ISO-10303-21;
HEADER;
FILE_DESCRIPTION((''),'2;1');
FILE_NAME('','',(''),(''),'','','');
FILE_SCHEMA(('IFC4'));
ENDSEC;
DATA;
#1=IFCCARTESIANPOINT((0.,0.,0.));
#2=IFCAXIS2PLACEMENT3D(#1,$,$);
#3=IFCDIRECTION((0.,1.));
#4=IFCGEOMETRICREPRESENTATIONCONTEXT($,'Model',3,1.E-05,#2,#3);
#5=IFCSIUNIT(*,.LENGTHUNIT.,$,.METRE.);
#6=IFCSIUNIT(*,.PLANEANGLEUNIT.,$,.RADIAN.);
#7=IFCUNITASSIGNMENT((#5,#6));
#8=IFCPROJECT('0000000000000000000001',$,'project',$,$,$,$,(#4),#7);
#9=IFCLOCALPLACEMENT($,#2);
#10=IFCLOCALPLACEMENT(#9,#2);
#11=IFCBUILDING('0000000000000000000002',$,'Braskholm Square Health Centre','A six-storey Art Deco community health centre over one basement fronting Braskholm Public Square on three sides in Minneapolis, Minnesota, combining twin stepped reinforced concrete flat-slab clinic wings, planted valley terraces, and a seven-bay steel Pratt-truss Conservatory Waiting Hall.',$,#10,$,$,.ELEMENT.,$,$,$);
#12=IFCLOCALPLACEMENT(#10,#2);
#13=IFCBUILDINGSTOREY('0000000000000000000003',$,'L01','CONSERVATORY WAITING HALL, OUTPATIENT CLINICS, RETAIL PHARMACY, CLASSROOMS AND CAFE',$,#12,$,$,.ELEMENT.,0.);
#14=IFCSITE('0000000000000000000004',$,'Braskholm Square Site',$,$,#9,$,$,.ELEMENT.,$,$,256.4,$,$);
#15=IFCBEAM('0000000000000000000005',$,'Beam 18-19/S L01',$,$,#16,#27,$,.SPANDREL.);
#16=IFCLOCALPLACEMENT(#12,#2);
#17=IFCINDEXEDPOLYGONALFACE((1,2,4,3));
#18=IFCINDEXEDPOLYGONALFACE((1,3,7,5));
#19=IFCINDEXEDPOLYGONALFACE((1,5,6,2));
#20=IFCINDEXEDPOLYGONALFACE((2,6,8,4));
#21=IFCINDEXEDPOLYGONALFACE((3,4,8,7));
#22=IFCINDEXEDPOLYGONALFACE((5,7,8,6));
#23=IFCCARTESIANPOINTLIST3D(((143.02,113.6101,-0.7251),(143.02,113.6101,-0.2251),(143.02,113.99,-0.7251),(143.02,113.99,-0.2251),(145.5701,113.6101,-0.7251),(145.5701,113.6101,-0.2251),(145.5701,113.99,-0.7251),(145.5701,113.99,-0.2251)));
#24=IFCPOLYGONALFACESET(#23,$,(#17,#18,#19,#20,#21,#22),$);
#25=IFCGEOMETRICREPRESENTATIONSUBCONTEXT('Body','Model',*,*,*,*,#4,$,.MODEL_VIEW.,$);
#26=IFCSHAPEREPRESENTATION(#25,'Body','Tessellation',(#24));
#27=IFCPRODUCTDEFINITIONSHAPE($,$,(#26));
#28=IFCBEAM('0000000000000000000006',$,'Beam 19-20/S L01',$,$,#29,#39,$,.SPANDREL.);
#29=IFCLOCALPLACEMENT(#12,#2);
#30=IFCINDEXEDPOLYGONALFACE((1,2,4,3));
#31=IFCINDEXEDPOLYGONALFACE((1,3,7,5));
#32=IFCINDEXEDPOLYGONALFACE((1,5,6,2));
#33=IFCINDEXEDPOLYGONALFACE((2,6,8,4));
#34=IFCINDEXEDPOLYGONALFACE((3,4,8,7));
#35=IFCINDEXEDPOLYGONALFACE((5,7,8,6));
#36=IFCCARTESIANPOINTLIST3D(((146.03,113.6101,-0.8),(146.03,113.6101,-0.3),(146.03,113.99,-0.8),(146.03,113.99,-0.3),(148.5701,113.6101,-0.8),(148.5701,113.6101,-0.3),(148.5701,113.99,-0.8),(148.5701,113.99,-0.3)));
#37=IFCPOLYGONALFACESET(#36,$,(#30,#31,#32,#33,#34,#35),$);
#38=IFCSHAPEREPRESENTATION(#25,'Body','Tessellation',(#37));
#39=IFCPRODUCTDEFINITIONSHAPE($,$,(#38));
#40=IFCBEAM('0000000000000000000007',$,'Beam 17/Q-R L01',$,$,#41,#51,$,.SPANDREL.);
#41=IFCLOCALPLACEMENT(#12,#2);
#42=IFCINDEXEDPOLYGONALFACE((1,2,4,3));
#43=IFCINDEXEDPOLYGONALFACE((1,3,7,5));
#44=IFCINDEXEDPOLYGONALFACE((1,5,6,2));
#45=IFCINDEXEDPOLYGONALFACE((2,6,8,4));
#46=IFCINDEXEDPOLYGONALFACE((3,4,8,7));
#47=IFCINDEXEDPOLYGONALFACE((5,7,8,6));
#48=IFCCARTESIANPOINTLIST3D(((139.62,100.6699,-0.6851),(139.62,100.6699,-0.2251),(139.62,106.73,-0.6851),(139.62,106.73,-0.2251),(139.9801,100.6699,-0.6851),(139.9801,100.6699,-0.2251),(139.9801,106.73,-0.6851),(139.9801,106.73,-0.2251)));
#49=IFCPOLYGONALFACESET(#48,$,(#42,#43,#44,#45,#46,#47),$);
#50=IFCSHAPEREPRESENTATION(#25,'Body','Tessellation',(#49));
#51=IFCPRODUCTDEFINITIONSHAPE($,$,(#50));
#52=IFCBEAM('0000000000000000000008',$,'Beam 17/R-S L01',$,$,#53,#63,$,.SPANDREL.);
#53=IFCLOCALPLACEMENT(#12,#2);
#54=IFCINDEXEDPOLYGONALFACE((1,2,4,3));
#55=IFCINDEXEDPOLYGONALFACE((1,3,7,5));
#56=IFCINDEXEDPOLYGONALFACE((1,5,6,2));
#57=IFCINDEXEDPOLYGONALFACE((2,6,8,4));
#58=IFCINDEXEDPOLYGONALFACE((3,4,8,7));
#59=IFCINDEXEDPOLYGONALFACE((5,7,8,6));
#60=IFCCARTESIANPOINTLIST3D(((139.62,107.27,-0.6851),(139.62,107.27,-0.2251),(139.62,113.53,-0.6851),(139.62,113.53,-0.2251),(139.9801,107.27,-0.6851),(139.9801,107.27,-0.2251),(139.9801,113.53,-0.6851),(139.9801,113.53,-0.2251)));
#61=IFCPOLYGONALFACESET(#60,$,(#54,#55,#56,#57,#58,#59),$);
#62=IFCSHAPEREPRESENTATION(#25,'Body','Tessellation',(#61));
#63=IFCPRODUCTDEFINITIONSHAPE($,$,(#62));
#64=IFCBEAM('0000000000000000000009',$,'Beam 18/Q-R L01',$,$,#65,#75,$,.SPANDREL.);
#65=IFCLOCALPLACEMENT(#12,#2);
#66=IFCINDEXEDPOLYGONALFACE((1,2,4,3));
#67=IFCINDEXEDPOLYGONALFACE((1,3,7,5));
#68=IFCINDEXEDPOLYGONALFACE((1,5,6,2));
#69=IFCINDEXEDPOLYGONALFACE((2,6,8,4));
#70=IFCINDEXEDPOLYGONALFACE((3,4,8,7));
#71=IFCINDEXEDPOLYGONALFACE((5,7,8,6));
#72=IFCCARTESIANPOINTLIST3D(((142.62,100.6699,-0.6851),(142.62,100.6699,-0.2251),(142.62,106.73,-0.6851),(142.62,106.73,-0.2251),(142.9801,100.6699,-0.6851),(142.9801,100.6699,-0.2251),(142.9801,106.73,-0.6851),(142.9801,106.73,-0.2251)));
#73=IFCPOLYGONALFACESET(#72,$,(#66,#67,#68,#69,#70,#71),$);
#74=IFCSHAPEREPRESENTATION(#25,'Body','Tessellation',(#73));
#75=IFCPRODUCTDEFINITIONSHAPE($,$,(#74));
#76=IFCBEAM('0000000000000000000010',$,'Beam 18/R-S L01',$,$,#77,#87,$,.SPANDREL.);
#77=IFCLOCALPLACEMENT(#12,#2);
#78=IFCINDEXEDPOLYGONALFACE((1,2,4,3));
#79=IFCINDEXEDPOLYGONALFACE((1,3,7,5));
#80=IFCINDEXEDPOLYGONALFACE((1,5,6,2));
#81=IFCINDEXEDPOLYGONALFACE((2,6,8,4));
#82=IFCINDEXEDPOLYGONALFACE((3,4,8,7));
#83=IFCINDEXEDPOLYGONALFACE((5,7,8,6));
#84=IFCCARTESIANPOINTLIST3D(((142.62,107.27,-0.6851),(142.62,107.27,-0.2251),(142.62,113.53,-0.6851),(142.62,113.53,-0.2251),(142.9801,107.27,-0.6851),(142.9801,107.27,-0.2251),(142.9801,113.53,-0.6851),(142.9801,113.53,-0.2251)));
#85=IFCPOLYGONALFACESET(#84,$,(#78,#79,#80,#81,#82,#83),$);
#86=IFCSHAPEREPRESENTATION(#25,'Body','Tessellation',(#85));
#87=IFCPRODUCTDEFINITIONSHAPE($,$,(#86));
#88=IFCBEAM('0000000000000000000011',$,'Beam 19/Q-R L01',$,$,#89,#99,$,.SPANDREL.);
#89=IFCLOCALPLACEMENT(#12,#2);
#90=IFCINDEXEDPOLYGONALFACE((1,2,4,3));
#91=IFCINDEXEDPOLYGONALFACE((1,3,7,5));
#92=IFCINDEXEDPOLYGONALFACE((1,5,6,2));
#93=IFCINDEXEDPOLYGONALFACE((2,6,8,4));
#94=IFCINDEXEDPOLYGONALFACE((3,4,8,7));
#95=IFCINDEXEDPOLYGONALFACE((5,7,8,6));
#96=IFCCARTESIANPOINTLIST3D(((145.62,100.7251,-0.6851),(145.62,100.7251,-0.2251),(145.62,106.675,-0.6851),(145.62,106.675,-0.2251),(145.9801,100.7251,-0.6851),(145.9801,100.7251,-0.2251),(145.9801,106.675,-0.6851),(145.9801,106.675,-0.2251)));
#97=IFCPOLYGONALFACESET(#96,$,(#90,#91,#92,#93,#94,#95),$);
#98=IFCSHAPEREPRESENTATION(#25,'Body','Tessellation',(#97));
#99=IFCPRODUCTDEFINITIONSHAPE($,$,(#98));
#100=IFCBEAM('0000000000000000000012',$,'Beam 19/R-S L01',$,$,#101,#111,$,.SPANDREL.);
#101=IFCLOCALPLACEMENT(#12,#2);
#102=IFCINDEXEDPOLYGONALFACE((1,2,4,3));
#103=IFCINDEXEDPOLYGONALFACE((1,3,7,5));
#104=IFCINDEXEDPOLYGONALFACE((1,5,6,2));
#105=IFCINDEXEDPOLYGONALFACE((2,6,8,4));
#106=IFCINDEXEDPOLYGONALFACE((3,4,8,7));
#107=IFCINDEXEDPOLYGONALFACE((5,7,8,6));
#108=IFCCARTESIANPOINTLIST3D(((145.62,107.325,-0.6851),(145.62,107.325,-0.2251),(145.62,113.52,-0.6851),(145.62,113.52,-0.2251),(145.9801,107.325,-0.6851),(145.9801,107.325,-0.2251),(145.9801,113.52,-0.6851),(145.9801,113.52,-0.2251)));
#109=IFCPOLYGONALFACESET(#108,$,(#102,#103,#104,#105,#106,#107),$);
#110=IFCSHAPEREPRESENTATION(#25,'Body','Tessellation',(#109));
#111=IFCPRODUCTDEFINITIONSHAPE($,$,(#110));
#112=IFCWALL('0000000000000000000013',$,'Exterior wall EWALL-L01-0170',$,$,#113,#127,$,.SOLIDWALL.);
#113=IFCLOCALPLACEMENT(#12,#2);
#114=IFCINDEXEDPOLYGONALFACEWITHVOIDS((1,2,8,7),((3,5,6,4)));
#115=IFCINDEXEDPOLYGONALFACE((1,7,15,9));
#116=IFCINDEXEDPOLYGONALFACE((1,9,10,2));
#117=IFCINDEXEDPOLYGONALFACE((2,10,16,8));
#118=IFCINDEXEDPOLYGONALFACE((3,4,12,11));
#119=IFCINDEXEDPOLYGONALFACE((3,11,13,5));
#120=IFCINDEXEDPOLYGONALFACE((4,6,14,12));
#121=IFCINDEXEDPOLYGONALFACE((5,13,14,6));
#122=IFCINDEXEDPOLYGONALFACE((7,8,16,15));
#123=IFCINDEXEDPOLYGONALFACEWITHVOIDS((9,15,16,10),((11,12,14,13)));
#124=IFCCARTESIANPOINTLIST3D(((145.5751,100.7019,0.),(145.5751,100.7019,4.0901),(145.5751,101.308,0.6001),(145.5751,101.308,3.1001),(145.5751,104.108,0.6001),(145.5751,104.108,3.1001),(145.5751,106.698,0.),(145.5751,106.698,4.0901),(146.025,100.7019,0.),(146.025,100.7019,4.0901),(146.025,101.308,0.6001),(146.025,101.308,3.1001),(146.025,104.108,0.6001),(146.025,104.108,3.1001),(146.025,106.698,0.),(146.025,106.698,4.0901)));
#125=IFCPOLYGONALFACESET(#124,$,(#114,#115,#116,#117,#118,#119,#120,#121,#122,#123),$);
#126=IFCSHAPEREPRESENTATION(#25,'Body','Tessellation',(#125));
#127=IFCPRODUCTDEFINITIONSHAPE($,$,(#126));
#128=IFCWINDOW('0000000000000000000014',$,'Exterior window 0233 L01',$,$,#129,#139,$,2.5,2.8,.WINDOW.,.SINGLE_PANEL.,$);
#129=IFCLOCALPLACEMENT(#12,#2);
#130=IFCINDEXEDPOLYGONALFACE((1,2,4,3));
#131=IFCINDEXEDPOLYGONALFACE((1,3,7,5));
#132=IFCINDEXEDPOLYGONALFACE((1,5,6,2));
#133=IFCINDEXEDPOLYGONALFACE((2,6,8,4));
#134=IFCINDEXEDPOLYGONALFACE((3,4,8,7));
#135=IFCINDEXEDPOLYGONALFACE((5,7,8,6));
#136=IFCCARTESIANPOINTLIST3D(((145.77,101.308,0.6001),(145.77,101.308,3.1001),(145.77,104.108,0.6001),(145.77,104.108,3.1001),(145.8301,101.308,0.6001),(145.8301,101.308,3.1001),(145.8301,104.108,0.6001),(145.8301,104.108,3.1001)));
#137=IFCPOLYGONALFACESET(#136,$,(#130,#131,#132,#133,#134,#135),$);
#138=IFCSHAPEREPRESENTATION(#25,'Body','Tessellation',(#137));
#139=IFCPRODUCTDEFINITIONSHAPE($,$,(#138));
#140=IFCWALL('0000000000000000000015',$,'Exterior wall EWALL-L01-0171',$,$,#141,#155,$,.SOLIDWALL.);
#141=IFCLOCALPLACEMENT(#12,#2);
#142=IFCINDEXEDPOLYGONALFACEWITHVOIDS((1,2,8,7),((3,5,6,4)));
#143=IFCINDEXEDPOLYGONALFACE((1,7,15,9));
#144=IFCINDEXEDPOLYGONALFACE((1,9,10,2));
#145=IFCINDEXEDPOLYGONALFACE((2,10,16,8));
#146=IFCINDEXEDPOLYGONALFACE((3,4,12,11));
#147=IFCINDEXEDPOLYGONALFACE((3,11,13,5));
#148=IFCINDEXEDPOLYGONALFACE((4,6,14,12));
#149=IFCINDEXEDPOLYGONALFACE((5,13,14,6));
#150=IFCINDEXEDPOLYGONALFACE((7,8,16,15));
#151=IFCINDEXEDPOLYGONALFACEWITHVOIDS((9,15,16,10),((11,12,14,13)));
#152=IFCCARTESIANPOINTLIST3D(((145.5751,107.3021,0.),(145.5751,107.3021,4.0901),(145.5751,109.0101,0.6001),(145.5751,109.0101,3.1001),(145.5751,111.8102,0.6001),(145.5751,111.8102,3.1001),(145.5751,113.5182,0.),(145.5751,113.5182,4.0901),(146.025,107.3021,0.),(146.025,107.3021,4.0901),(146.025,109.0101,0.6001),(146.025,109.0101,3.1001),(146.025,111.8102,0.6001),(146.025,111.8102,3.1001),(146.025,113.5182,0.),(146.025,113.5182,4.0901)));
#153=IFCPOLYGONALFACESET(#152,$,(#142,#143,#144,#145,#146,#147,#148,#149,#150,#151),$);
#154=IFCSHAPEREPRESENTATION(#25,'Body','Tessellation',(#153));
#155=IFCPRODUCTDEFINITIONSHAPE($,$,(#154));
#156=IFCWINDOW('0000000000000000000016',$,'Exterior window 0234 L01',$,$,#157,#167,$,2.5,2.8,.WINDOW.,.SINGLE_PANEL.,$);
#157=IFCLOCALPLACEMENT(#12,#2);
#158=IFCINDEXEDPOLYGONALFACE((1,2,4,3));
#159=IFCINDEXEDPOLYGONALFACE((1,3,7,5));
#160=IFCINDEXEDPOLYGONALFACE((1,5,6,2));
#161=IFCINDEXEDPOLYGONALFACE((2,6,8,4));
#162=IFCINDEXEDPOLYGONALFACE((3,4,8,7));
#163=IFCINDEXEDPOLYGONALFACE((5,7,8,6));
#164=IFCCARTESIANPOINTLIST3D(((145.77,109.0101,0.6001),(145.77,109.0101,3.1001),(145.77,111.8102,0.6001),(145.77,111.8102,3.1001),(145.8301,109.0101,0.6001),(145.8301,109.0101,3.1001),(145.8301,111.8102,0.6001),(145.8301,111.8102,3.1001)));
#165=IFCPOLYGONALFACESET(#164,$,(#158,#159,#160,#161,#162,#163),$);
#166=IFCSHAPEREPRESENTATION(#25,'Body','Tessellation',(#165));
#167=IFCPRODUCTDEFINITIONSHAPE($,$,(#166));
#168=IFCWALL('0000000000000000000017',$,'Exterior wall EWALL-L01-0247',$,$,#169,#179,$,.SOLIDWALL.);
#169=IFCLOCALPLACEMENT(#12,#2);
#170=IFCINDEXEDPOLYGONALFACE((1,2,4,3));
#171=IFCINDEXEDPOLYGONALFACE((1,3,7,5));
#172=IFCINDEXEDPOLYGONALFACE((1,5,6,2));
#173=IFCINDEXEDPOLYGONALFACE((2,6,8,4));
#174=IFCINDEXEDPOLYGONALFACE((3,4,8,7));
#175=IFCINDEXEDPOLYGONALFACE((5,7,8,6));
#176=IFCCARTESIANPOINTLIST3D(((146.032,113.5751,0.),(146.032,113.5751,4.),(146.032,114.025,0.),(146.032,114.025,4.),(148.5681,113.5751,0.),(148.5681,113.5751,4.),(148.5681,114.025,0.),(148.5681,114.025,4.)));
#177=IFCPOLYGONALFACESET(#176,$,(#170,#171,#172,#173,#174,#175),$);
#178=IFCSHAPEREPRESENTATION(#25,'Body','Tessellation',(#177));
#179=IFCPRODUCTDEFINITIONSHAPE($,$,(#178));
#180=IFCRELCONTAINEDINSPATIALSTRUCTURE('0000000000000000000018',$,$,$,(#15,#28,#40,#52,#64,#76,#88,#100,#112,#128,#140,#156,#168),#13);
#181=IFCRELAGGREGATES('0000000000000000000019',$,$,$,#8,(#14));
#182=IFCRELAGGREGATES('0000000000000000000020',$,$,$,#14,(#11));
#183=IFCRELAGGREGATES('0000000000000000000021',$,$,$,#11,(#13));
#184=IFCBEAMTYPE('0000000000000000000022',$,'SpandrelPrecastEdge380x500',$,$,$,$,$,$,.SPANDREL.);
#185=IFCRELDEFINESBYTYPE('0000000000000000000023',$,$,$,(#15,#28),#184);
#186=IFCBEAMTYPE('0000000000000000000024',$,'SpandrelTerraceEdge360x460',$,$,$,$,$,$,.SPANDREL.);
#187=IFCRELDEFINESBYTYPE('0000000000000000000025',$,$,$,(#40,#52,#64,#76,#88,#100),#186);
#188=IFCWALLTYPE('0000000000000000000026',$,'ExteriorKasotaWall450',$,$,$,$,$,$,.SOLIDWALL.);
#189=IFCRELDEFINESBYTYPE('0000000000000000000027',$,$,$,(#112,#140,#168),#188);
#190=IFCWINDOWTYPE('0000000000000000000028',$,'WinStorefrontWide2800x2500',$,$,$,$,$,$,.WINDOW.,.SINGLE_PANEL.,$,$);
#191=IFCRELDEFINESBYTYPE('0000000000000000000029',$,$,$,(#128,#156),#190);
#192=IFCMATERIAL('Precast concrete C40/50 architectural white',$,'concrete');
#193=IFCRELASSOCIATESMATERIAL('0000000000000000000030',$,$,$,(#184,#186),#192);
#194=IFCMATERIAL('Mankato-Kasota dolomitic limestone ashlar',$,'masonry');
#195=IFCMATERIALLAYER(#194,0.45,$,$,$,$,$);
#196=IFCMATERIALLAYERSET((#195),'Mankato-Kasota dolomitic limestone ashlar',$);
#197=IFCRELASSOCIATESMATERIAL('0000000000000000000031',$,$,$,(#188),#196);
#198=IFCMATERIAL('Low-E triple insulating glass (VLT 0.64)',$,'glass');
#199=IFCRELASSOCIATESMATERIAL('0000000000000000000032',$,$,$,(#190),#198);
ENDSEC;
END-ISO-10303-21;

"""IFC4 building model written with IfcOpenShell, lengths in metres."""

from ifc_helpers import new_model, si_unit, direction, frame, frame_2d, origin, origin_with_axes, origin_2d, place, context, subcontext, project, spatial, rectangle, extrude, material, layer, layer_set, material_profile, profile_set, type_object, element, fill, save


model = new_model("IFC4")

# Units and contexts
model_context = context("Model", 3, precision=1e-05, world=origin(), true_north=direction((0.0, 1.0)))
body_context = subcontext(model_context, "Body", "Model", "MODEL_VIEW")
ifc_project = project(units=[si_unit("LENGTHUNIT", "METRE"), si_unit("PLANEANGLEUNIT", "RADIAN")], contexts=[model_context])

# Site, building, storey
site_placement = place(None, origin())
site = spatial("IfcSite", under=ifc_project, at=site_placement, Name="Braskholm Square Site", CompositionType="ELEMENT", RefElevation=256.4)
building_placement = place(site_placement, origin())
building = spatial("IfcBuilding", under=site, at=building_placement, Name="Braskholm Square Health Centre", Description="A six-storey Art Deco community health centre over one basement fronting Braskholm Public Square on three sides in Minneapolis, Minnesota, combining twin stepped reinforced concrete flat-slab clinic wings, planted valley terraces, and a seven-bay steel Pratt-truss Conservatory Waiting Hall.", CompositionType="ELEMENT")
storey_placement = place(building_placement, origin())
storey = spatial("IfcBuildingStorey", under=building, at=storey_placement, Name="L01", Description="CONSERVATORY WAITING HALL, OUTPATIENT CLINICS, RETAIL PHARMACY, CLASSROOMS AND CAFE", CompositionType="ELEMENT", Elevation=0.0)

# Shared definitions
ifc_material_1 = material(Name="Precast concrete C40/50 architectural white", Category="concrete")

# Beams
ifc_material_profile_1 = material_profile(ifc_material_1, rectangle(XDim=0.3799, YDim=0.5, at=origin_2d()), Name="RCB-380X500")
ifc_profile_set_1 = profile_set([ifc_material_profile_1], Name="Precast concrete C40/50 architectural white")
beam_type_1 = type_object("IfcBeamType", Name="SpandrelPrecastEdge380x500", PredefinedType="SPANDREL", material=ifc_profile_set_1)
beam_1_placement = place(storey_placement, frame((143.02, 113.8, -0.4751), z_axis=(1.0, 0.0, 0.0), x_axis=(0.0, 1.0, 0.0)))
element("IfcBeam", 1, at=beam_1_placement, inside=storey, type_object=beam_type_1, Name="Beam 18-19/S L01", PredefinedType="SPANDREL", context=body_context, shape_type="SweptSolid", body=[
    extrude(rectangle(XDim=0.3799, YDim=0.5, at=origin_2d()), origin(), (0.0, 0.0, 1.0), 2.55),
])
beam_2_placement = place(storey_placement, frame((146.03, 113.8, -0.55), z_axis=(1.0, 0.0, 0.0), x_axis=(0.0, 1.0, 0.0)))
element("IfcBeam", 2, at=beam_2_placement, inside=storey, type_object=beam_type_1, Name="Beam 19-20/S L01", PredefinedType="SPANDREL", context=body_context, shape_type="SweptSolid", body=[
    extrude(rectangle(XDim=0.3799, YDim=0.5, at=origin_2d()), origin(), (0.0, 0.0, 1.0), 2.54),
])
ifc_material_profile_2 = material_profile(ifc_material_1, rectangle(XDim=0.3601, YDim=0.46, at=origin_2d()), Name="RCB-360X460")
ifc_profile_set_2 = profile_set([ifc_material_profile_2], Name="Precast concrete C40/50 architectural white")
beam_type_2 = type_object("IfcBeamType", Name="SpandrelTerraceEdge360x460", PredefinedType="SPANDREL", material=ifc_profile_set_2)
beam_3_placement = place(storey_placement, frame((139.8, 100.6699, -0.4551), z_axis=(0.0, 1.0, 0.0), x_axis=(-1.0, 0.0, 0.0)))
element("IfcBeam", 3, at=beam_3_placement, inside=storey, type_object=beam_type_2, Name="Beam 17/Q-R L01", PredefinedType="SPANDREL", context=body_context, shape_type="SweptSolid", body=[
    extrude(rectangle(XDim=0.3601, YDim=0.46, at=origin_2d()), origin(), (0.0, 0.0, 1.0), 6.0601),
])
beam_4_placement = place(storey_placement, frame((139.8, 107.27, -0.4551), z_axis=(0.0, 1.0, 0.0), x_axis=(-1.0, 0.0, 0.0)))
element("IfcBeam", 4, at=beam_4_placement, inside=storey, type_object=beam_type_2, Name="Beam 17/R-S L01", PredefinedType="SPANDREL", context=body_context, shape_type="SweptSolid", body=[
    extrude(rectangle(XDim=0.3601, YDim=0.46, at=origin_2d()), origin(), (0.0, 0.0, 1.0), 6.26),
])
beam_5_placement = place(storey_placement, frame((142.8, 100.6699, -0.4551), z_axis=(0.0, 1.0, 0.0), x_axis=(-1.0, 0.0, 0.0)))
element("IfcBeam", 5, at=beam_5_placement, inside=storey, type_object=beam_type_2, Name="Beam 18/Q-R L01", PredefinedType="SPANDREL", context=body_context, shape_type="SweptSolid", body=[
    extrude(rectangle(XDim=0.3601, YDim=0.46, at=origin_2d()), origin(), (0.0, 0.0, 1.0), 6.0601),
])
beam_6_placement = place(storey_placement, frame((142.8, 107.27, -0.4551), z_axis=(0.0, 1.0, 0.0), x_axis=(-1.0, 0.0, 0.0)))
element("IfcBeam", 6, at=beam_6_placement, inside=storey, type_object=beam_type_2, Name="Beam 18/R-S L01", PredefinedType="SPANDREL", context=body_context, shape_type="SweptSolid", body=[
    extrude(rectangle(XDim=0.3601, YDim=0.46, at=origin_2d()), origin(), (0.0, 0.0, 1.0), 6.26),
])
beam_7_placement = place(storey_placement, frame((145.8, 100.7251, -0.4551), z_axis=(0.0, 1.0, 0.0), x_axis=(-1.0, 0.0, 0.0)))
element("IfcBeam", 7, at=beam_7_placement, inside=storey, type_object=beam_type_2, Name="Beam 19/Q-R L01", PredefinedType="SPANDREL", context=body_context, shape_type="SweptSolid", body=[
    extrude(rectangle(XDim=0.3601, YDim=0.46, at=origin_2d()), origin(), (0.0, 0.0, 1.0), 5.95),
])
beam_8_placement = place(storey_placement, frame((145.8, 107.325, -0.4551), z_axis=(0.0, 1.0, 0.0), x_axis=(-1.0, 0.0, 0.0)))
element("IfcBeam", 8, at=beam_8_placement, inside=storey, type_object=beam_type_2, Name="Beam 19/R-S L01", PredefinedType="SPANDREL", context=body_context, shape_type="SweptSolid", body=[
    extrude(rectangle(XDim=0.3601, YDim=0.46, at=origin_2d()), origin(), (0.0, 0.0, 1.0), 6.1951),
])

# Walls, openings, windows
ifc_material_2 = material(Name="Mankato-Kasota dolomitic limestone ashlar", Category="masonry")
ifc_layer_1 = layer(ifc_material_2, 0.45)
ifc_layer_set_1 = layer_set([ifc_layer_1], Name="Mankato-Kasota dolomitic limestone ashlar")
wall_type_1 = type_object("IfcWallType", Name="ExteriorKasotaWall450", PredefinedType="SOLIDWALL", material=ifc_layer_set_1)
wall_1_placement = place(storey_placement, frame((145.8, 106.698, 0.0), z_axis=(0.0, 0.0, 1.0), x_axis=(0.0, -1.0, 0.0)))
wall_1 = element("IfcWall", 9, at=wall_1_placement, inside=storey, type_object=wall_type_1, Name="Exterior wall EWALL-L01-0170", PredefinedType="SOLIDWALL", context=body_context, shape_type="SweptSolid", body=[
    extrude(rectangle(XDim=5.9961, YDim=0.45, at=frame_2d((2.998, 0.0))), origin(), (0.0, 0.0, 1.0), 4.0901),
])
opening_1_placement = place(wall_1_placement, frame((2.5901, 0.0, 0.6001)))
opening_1 = element("IfcOpeningElement", 10, at=opening_1_placement, cuts=wall_1, PredefinedType="OPENING", context=body_context, shape_type="SweptSolid", body=[
    extrude(rectangle(XDim=2.8, YDim=2.5, at=frame_2d((1.3999, 1.25))), frame((0.0, 0.2349, 0.0), z_axis=(0.0, -1.0, 0.0), x_axis=(1.0, 0.0, 0.0)), (0.0, 0.0, 1.0), 0.47),
])
ifc_material_3 = material(Name="Low-E triple insulating glass (VLT 0.64)", Category="glass")
window_type = type_object("IfcWindowType", Name="WinStorefrontWide2800x2500", PartitioningType="SINGLE_PANEL", PredefinedType="WINDOW", material=ifc_material_3)
window_1_placement = place(opening_1_placement, origin_with_axes())
window_1 = element("IfcWindow", 11, at=window_1_placement, inside=storey, type_object=window_type, Name="Exterior window 0233 L01", OverallHeight=2.5, OverallWidth=2.8, PartitioningType="SINGLE_PANEL", PredefinedType="WINDOW", context=body_context, shape_type="SweptSolid", body=[
    extrude(rectangle(XDim=2.8, YDim=2.5, at=frame_2d((1.3999, 1.25))), frame((0.0, 0.03, 0.0), z_axis=(0.0, -1.0, 0.0), x_axis=(1.0, 0.0, 0.0)), (0.0, 0.0, 1.0), 0.0601),
])
fill(opening_1, window_1)
wall_2_placement = place(storey_placement, frame((145.8, 113.5181, 0.0), z_axis=(0.0, 0.0, 1.0), x_axis=(0.0, -1.0, 0.0)))
wall_2 = element("IfcWall", 12, at=wall_2_placement, inside=storey, type_object=wall_type_1, Name="Exterior wall EWALL-L01-0171", PredefinedType="SOLIDWALL", context=body_context, shape_type="SweptSolid", body=[
    extrude(rectangle(XDim=6.2161, YDim=0.45, at=frame_2d((3.1079, 0.0))), origin(), (0.0, 0.0, 1.0), 4.0901),
])
opening_2_placement = place(wall_2_placement, frame((1.708, 0.0, 0.6001)))
opening_2 = element("IfcOpeningElement", 13, at=opening_2_placement, cuts=wall_2, PredefinedType="OPENING", context=body_context, shape_type="SweptSolid", body=[
    extrude(rectangle(XDim=2.8, YDim=2.5, at=frame_2d((1.3999, 1.25))), frame((0.0, 0.2349, 0.0), z_axis=(0.0, -1.0, 0.0), x_axis=(1.0, 0.0, 0.0)), (0.0, 0.0, 1.0), 0.47),
])
window_2_placement = place(opening_2_placement, origin_with_axes())
window_2 = element("IfcWindow", 14, at=window_2_placement, inside=storey, type_object=window_type, Name="Exterior window 0234 L01", OverallHeight=2.5, OverallWidth=2.8, PartitioningType="SINGLE_PANEL", PredefinedType="WINDOW", context=body_context, shape_type="SweptSolid", body=[
    extrude(rectangle(XDim=2.8, YDim=2.5, at=frame_2d((1.3999, 1.25))), frame((0.0, 0.03, 0.0), z_axis=(0.0, -1.0, 0.0), x_axis=(1.0, 0.0, 0.0)), (0.0, 0.0, 1.0), 0.0601),
])
fill(opening_2, window_2)

# Wall
wall_3_placement = place(storey_placement, frame((148.5681, 113.8, 0.0), z_axis=(0.0, 0.0, 1.0), x_axis=(-1.0, 0.0, 0.0)))
element("IfcWall", 15, at=wall_3_placement, inside=storey, type_object=wall_type_1, Name="Exterior wall EWALL-L01-0247", PredefinedType="SOLIDWALL", context=body_context, shape_type="SweptSolid", body=[
    extrude(rectangle(XDim=2.5361, YDim=0.45, at=frame_2d((1.2681, 0.0))), origin(), (0.0, 0.0, 1.0), 4.0),
])

save(model, "model.ifc")
